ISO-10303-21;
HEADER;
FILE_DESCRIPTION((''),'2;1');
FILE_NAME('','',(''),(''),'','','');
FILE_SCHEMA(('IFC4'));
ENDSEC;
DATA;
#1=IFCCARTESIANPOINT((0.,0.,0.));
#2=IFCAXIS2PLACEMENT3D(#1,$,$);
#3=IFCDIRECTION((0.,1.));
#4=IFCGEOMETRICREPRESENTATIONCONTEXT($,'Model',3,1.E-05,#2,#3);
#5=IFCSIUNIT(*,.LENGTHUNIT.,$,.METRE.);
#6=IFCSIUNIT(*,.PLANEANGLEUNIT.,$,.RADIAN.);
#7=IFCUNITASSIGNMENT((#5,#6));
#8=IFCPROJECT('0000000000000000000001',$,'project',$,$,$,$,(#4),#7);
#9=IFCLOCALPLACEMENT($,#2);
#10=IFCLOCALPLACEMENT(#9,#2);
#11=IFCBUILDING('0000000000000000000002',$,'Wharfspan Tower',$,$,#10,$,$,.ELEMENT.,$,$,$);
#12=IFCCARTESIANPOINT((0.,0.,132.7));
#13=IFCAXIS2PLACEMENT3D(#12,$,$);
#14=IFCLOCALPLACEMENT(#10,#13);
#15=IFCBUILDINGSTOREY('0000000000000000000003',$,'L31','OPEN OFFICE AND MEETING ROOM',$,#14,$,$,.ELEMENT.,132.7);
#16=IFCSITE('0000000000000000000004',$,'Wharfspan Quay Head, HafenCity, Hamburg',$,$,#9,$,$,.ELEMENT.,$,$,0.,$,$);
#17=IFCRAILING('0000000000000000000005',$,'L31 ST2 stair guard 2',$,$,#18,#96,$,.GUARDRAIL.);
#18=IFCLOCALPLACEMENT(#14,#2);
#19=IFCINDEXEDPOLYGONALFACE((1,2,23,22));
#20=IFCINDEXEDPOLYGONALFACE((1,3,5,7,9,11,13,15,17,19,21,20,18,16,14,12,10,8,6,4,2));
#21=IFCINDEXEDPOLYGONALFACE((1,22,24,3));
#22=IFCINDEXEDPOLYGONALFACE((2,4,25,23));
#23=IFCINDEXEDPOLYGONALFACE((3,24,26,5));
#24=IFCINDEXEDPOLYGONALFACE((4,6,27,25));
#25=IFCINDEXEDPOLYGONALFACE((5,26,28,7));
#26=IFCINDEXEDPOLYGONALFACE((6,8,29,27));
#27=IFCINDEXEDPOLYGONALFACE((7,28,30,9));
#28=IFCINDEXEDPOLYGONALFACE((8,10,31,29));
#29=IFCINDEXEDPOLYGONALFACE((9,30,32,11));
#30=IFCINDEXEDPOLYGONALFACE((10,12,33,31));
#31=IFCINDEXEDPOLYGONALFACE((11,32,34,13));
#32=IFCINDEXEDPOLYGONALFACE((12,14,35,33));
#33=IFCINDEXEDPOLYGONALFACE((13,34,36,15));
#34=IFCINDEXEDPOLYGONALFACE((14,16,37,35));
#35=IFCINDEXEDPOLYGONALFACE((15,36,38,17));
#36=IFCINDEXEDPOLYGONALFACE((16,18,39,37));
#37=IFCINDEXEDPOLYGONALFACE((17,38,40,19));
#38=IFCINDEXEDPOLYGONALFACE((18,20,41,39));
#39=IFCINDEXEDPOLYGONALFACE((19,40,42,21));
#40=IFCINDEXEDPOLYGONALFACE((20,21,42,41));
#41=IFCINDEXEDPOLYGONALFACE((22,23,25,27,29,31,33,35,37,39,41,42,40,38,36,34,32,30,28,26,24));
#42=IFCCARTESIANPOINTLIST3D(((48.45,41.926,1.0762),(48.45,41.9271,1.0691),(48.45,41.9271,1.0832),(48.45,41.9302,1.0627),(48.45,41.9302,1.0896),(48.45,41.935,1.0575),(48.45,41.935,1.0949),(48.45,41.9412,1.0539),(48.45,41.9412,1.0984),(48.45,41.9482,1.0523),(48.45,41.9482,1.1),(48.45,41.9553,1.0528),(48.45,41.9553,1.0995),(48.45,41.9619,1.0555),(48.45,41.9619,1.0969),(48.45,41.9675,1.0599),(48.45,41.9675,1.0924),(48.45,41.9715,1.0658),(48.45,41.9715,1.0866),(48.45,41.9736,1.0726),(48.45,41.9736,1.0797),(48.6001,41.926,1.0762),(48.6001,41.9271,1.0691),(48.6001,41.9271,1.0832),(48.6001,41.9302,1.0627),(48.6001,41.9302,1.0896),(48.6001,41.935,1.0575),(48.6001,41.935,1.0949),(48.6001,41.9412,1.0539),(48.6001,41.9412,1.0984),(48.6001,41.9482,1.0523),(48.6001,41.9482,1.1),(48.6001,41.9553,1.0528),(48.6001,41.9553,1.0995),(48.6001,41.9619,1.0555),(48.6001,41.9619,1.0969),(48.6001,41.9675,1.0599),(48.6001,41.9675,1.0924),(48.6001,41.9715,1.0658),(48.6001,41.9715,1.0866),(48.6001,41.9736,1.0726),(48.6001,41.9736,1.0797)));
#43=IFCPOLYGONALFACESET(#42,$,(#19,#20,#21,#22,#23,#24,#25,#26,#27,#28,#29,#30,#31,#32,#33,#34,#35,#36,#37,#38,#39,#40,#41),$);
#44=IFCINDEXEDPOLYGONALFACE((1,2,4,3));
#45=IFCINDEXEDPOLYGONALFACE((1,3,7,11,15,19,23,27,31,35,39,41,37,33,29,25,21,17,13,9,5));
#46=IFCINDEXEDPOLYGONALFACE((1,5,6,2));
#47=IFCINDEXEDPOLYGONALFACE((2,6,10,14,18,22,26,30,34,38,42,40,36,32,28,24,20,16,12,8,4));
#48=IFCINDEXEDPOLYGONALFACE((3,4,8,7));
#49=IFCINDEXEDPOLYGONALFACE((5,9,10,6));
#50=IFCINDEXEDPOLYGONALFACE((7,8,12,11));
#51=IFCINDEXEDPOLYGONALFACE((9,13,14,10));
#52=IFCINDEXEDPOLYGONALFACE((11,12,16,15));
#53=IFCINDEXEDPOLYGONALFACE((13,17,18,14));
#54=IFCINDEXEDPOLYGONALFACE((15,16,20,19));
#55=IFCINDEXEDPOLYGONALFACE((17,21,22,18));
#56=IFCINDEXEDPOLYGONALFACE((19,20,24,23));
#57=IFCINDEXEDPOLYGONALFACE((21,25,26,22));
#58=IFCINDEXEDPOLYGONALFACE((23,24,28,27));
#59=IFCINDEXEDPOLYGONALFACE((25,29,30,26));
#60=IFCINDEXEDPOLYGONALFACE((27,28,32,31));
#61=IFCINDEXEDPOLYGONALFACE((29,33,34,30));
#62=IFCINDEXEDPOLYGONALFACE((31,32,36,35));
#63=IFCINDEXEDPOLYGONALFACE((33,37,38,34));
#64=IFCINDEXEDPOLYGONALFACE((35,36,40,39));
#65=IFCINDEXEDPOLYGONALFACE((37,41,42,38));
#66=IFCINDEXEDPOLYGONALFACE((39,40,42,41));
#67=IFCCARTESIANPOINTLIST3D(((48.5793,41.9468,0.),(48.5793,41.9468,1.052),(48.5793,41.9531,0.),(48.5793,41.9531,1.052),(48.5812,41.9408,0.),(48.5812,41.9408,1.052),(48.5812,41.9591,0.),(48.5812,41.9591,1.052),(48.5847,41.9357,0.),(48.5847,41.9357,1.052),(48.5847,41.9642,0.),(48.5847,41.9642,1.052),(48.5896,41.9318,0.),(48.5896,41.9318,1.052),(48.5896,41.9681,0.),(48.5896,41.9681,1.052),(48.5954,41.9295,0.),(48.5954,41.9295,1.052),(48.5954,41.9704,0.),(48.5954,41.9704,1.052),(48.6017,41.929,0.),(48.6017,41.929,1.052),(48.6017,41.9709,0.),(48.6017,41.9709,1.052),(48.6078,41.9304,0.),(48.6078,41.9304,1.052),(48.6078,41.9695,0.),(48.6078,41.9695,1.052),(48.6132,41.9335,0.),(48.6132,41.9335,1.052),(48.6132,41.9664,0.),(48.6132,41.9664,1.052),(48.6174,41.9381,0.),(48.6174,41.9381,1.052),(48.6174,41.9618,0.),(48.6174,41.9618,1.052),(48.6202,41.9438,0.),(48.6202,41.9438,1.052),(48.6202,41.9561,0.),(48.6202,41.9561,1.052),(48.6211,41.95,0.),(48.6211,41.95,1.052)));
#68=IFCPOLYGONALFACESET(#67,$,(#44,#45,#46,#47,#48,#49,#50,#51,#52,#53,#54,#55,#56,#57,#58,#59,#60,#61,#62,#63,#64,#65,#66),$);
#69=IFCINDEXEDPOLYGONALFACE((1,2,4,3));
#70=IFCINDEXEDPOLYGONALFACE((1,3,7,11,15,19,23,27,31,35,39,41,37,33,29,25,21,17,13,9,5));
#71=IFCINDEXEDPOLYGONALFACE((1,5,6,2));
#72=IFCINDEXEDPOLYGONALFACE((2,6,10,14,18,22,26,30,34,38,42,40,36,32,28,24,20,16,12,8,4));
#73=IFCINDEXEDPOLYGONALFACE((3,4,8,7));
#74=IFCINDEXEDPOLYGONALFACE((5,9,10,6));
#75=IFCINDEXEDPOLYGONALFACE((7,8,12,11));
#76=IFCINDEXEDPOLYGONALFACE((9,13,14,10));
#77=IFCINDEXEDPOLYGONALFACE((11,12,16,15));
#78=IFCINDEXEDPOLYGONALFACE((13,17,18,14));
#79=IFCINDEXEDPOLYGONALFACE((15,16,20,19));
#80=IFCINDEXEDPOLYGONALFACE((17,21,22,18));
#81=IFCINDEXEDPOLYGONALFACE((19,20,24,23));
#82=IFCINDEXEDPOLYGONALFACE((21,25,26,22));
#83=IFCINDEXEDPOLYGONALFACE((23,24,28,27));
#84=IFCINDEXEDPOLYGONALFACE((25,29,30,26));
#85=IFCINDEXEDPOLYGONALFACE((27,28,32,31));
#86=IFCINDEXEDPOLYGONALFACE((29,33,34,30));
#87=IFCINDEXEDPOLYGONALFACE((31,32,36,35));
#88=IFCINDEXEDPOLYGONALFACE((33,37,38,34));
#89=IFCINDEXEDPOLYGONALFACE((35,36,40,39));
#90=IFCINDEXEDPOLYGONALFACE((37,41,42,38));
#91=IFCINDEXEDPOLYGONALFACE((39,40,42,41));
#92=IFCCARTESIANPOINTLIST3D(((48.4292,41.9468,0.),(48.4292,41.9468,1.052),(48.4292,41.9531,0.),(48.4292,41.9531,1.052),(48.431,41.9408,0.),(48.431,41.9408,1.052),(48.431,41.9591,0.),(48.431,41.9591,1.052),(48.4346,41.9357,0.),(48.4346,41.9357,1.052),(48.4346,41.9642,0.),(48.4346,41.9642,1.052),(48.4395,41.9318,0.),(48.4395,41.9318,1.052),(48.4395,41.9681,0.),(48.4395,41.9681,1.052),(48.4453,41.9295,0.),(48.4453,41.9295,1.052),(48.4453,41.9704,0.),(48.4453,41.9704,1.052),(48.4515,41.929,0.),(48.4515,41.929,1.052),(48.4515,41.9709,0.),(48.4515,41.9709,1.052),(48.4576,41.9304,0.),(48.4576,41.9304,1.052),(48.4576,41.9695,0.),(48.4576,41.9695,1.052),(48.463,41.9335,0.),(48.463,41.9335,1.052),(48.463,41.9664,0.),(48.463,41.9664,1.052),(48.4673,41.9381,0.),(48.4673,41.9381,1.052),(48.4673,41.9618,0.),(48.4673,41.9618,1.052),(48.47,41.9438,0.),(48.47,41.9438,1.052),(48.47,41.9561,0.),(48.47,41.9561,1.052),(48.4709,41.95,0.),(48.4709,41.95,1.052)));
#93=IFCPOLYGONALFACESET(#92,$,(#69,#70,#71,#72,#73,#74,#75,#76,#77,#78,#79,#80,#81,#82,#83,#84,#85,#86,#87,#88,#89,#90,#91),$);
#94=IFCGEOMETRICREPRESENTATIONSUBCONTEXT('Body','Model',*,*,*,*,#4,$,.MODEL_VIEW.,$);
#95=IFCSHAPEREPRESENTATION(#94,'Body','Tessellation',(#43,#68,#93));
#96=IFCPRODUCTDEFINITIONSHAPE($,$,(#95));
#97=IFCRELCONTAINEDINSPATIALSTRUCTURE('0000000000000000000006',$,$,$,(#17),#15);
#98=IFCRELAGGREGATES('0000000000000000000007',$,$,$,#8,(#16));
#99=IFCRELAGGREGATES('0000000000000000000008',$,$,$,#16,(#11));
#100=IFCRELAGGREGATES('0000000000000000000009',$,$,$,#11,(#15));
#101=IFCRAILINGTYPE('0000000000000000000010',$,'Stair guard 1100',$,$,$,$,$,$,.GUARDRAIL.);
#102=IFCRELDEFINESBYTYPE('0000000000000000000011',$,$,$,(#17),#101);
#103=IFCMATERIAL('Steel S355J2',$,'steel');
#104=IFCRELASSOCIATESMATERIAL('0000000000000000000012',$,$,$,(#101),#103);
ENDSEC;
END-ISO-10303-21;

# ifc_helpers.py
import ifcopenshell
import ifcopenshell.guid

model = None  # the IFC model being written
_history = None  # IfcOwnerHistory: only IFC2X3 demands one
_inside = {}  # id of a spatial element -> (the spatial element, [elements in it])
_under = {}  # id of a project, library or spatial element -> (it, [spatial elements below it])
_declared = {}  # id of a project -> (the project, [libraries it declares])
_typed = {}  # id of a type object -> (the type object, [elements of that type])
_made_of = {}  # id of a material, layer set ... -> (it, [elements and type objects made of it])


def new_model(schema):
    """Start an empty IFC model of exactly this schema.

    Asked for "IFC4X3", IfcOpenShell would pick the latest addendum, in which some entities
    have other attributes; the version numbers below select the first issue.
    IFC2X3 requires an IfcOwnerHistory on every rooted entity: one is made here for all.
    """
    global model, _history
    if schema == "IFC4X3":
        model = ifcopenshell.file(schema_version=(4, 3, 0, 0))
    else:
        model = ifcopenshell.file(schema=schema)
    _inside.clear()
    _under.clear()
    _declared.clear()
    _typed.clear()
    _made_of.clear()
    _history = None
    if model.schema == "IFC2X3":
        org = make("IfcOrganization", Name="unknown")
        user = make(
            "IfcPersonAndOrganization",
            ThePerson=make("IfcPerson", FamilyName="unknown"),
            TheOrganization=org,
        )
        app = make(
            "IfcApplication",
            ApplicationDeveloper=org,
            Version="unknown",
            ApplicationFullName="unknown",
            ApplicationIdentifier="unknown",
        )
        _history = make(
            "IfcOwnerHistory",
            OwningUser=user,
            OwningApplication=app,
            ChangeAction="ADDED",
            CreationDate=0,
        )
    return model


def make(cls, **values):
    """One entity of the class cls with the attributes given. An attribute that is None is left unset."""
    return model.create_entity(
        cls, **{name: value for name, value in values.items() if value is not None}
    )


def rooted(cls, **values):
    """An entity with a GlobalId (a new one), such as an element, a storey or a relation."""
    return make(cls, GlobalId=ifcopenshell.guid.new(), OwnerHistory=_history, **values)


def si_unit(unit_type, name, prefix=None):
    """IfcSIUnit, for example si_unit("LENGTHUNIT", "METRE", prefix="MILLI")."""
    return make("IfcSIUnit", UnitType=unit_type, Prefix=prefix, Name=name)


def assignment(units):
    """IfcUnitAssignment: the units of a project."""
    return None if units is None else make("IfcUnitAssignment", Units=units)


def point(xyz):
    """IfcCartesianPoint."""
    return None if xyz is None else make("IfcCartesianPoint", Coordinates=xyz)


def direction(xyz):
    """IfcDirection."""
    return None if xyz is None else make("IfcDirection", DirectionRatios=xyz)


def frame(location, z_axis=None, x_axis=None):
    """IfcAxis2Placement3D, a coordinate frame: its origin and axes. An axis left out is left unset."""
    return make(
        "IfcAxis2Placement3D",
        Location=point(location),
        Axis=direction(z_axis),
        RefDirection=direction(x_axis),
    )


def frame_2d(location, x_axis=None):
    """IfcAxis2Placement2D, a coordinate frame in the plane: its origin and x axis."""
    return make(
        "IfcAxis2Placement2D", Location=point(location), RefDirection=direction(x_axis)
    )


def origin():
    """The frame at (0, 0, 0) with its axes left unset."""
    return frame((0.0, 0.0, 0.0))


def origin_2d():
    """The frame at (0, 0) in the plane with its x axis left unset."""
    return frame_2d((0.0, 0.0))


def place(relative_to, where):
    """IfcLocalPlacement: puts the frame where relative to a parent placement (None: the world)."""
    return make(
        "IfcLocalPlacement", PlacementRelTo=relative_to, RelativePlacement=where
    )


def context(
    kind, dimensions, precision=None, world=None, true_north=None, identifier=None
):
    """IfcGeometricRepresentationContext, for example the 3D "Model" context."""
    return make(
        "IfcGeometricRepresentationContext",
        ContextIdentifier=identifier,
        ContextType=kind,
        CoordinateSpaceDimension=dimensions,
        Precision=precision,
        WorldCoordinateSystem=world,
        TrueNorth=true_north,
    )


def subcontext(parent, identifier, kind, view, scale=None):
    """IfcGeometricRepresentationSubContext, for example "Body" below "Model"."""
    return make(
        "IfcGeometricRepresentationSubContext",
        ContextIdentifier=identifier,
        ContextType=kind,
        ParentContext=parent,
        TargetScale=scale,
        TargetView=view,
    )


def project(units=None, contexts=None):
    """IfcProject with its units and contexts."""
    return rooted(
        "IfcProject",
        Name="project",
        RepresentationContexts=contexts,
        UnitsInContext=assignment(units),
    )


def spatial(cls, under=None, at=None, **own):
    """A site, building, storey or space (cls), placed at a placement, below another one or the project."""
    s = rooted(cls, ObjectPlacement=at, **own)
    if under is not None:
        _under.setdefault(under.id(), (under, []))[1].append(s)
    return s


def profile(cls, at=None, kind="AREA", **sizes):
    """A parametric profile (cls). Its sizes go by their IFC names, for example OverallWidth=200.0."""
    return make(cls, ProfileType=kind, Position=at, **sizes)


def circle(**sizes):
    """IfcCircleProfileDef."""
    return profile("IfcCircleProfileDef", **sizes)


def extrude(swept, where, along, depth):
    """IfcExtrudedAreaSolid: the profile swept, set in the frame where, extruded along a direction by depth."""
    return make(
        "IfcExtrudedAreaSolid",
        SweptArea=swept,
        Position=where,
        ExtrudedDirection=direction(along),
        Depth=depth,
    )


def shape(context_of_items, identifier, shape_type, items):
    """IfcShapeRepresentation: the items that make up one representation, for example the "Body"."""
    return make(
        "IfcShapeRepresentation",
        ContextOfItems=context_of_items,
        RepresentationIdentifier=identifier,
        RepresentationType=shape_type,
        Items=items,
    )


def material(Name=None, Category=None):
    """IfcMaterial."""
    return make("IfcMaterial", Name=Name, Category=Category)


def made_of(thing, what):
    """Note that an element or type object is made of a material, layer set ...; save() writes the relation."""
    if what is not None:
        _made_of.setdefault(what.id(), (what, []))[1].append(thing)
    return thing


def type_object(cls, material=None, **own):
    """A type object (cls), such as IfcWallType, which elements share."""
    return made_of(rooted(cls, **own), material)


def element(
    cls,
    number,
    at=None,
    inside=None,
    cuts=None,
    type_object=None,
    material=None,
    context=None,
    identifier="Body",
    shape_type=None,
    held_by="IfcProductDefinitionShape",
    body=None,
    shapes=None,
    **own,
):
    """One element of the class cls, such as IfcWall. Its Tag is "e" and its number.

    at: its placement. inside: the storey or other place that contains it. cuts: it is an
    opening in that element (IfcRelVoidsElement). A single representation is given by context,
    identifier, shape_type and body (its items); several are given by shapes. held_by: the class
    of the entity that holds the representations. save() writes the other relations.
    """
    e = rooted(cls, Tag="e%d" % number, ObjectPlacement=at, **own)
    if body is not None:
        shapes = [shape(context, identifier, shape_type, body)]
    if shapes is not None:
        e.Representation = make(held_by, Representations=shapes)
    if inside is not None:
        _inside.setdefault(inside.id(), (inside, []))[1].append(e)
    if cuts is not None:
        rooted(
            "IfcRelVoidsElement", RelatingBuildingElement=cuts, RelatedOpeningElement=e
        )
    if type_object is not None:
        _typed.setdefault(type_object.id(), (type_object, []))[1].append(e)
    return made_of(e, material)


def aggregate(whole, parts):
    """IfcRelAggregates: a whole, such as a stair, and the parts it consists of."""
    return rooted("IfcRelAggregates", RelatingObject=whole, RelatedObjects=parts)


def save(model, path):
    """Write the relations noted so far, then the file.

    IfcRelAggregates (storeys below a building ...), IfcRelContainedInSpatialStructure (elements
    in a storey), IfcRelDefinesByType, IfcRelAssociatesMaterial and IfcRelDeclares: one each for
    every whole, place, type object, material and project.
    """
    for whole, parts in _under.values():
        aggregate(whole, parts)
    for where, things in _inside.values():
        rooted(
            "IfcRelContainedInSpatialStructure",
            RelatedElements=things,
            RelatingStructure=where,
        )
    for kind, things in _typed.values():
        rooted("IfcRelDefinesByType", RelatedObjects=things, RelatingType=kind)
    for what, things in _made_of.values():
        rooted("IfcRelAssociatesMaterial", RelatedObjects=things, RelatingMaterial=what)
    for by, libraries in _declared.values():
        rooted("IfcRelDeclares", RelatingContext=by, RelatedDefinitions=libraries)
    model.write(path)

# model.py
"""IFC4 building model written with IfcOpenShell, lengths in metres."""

from ifc_helpers import new_model, si_unit, direction, frame, origin, origin_2d, place, context, subcontext, project, spatial, circle, extrude, material, type_object, element, save


model = new_model("IFC4")

# Units and contexts
model_context = context("Model", 3, precision=1e-05, world=origin(), true_north=direction((0.0, 1.0)))
body_context = subcontext(model_context, "Body", "Model", "MODEL_VIEW")
ifc_project = project(units=[si_unit("LENGTHUNIT", "METRE"), si_unit("PLANEANGLEUNIT", "RADIAN")], contexts=[model_context])

# Site, building, storey
site_placement = place(None, origin())
site = spatial("IfcSite", under=ifc_project, at=site_placement, Name="Wharfspan Quay Head, HafenCity, Hamburg", CompositionType="ELEMENT", RefElevation=0.0)
building_placement = place(site_placement, origin())
building = spatial("IfcBuilding", under=site, at=building_placement, Name="Wharfspan Tower", CompositionType="ELEMENT")
storey_placement = place(building_placement, frame((0.0, 0.0, 132.7)))
storey = spatial("IfcBuildingStorey", under=building, at=storey_placement, Name="L31", Description="OPEN OFFICE AND MEETING ROOM", CompositionType="ELEMENT", Elevation=132.7)

# Shared definitions
ifc_material_1 = material(Name="Steel S355J2", Category="steel")

# Railing
railing_type_1 = type_object("IfcRailingType", Name="Stair guard 1100", PredefinedType="GUARDRAIL", material=ifc_material_1)
railing_1_placement = place(storey_placement, frame((48.6001, 41.95, 0.0)))
element("IfcRailing", 1, at=railing_1_placement, inside=storey, type_object=railing_type_1, Name="L31 ST2 stair guard 2", PredefinedType="GUARDRAIL", context=body_context, shape_type="SweptSolid", body=[
    extrude(circle(Radius=0.0239, at=origin_2d()), frame((0.0, 0.0, 1.0762), z_axis=(-1.0, 0.0, 0.0), x_axis=(0.0, -1.0, 0.0)), (0.0, 0.0, 1.0), 0.1501),
    extrude(circle(Radius=0.021, at=origin_2d()), origin(), (0.0, 0.0, 1.0), 1.052),
    extrude(circle(Radius=0.021, at=origin_2d()), frame((-0.1501, 0.0, 0.0)), (0.0, 0.0, 1.0), 1.052),
])

save(model, "model.ifc")
